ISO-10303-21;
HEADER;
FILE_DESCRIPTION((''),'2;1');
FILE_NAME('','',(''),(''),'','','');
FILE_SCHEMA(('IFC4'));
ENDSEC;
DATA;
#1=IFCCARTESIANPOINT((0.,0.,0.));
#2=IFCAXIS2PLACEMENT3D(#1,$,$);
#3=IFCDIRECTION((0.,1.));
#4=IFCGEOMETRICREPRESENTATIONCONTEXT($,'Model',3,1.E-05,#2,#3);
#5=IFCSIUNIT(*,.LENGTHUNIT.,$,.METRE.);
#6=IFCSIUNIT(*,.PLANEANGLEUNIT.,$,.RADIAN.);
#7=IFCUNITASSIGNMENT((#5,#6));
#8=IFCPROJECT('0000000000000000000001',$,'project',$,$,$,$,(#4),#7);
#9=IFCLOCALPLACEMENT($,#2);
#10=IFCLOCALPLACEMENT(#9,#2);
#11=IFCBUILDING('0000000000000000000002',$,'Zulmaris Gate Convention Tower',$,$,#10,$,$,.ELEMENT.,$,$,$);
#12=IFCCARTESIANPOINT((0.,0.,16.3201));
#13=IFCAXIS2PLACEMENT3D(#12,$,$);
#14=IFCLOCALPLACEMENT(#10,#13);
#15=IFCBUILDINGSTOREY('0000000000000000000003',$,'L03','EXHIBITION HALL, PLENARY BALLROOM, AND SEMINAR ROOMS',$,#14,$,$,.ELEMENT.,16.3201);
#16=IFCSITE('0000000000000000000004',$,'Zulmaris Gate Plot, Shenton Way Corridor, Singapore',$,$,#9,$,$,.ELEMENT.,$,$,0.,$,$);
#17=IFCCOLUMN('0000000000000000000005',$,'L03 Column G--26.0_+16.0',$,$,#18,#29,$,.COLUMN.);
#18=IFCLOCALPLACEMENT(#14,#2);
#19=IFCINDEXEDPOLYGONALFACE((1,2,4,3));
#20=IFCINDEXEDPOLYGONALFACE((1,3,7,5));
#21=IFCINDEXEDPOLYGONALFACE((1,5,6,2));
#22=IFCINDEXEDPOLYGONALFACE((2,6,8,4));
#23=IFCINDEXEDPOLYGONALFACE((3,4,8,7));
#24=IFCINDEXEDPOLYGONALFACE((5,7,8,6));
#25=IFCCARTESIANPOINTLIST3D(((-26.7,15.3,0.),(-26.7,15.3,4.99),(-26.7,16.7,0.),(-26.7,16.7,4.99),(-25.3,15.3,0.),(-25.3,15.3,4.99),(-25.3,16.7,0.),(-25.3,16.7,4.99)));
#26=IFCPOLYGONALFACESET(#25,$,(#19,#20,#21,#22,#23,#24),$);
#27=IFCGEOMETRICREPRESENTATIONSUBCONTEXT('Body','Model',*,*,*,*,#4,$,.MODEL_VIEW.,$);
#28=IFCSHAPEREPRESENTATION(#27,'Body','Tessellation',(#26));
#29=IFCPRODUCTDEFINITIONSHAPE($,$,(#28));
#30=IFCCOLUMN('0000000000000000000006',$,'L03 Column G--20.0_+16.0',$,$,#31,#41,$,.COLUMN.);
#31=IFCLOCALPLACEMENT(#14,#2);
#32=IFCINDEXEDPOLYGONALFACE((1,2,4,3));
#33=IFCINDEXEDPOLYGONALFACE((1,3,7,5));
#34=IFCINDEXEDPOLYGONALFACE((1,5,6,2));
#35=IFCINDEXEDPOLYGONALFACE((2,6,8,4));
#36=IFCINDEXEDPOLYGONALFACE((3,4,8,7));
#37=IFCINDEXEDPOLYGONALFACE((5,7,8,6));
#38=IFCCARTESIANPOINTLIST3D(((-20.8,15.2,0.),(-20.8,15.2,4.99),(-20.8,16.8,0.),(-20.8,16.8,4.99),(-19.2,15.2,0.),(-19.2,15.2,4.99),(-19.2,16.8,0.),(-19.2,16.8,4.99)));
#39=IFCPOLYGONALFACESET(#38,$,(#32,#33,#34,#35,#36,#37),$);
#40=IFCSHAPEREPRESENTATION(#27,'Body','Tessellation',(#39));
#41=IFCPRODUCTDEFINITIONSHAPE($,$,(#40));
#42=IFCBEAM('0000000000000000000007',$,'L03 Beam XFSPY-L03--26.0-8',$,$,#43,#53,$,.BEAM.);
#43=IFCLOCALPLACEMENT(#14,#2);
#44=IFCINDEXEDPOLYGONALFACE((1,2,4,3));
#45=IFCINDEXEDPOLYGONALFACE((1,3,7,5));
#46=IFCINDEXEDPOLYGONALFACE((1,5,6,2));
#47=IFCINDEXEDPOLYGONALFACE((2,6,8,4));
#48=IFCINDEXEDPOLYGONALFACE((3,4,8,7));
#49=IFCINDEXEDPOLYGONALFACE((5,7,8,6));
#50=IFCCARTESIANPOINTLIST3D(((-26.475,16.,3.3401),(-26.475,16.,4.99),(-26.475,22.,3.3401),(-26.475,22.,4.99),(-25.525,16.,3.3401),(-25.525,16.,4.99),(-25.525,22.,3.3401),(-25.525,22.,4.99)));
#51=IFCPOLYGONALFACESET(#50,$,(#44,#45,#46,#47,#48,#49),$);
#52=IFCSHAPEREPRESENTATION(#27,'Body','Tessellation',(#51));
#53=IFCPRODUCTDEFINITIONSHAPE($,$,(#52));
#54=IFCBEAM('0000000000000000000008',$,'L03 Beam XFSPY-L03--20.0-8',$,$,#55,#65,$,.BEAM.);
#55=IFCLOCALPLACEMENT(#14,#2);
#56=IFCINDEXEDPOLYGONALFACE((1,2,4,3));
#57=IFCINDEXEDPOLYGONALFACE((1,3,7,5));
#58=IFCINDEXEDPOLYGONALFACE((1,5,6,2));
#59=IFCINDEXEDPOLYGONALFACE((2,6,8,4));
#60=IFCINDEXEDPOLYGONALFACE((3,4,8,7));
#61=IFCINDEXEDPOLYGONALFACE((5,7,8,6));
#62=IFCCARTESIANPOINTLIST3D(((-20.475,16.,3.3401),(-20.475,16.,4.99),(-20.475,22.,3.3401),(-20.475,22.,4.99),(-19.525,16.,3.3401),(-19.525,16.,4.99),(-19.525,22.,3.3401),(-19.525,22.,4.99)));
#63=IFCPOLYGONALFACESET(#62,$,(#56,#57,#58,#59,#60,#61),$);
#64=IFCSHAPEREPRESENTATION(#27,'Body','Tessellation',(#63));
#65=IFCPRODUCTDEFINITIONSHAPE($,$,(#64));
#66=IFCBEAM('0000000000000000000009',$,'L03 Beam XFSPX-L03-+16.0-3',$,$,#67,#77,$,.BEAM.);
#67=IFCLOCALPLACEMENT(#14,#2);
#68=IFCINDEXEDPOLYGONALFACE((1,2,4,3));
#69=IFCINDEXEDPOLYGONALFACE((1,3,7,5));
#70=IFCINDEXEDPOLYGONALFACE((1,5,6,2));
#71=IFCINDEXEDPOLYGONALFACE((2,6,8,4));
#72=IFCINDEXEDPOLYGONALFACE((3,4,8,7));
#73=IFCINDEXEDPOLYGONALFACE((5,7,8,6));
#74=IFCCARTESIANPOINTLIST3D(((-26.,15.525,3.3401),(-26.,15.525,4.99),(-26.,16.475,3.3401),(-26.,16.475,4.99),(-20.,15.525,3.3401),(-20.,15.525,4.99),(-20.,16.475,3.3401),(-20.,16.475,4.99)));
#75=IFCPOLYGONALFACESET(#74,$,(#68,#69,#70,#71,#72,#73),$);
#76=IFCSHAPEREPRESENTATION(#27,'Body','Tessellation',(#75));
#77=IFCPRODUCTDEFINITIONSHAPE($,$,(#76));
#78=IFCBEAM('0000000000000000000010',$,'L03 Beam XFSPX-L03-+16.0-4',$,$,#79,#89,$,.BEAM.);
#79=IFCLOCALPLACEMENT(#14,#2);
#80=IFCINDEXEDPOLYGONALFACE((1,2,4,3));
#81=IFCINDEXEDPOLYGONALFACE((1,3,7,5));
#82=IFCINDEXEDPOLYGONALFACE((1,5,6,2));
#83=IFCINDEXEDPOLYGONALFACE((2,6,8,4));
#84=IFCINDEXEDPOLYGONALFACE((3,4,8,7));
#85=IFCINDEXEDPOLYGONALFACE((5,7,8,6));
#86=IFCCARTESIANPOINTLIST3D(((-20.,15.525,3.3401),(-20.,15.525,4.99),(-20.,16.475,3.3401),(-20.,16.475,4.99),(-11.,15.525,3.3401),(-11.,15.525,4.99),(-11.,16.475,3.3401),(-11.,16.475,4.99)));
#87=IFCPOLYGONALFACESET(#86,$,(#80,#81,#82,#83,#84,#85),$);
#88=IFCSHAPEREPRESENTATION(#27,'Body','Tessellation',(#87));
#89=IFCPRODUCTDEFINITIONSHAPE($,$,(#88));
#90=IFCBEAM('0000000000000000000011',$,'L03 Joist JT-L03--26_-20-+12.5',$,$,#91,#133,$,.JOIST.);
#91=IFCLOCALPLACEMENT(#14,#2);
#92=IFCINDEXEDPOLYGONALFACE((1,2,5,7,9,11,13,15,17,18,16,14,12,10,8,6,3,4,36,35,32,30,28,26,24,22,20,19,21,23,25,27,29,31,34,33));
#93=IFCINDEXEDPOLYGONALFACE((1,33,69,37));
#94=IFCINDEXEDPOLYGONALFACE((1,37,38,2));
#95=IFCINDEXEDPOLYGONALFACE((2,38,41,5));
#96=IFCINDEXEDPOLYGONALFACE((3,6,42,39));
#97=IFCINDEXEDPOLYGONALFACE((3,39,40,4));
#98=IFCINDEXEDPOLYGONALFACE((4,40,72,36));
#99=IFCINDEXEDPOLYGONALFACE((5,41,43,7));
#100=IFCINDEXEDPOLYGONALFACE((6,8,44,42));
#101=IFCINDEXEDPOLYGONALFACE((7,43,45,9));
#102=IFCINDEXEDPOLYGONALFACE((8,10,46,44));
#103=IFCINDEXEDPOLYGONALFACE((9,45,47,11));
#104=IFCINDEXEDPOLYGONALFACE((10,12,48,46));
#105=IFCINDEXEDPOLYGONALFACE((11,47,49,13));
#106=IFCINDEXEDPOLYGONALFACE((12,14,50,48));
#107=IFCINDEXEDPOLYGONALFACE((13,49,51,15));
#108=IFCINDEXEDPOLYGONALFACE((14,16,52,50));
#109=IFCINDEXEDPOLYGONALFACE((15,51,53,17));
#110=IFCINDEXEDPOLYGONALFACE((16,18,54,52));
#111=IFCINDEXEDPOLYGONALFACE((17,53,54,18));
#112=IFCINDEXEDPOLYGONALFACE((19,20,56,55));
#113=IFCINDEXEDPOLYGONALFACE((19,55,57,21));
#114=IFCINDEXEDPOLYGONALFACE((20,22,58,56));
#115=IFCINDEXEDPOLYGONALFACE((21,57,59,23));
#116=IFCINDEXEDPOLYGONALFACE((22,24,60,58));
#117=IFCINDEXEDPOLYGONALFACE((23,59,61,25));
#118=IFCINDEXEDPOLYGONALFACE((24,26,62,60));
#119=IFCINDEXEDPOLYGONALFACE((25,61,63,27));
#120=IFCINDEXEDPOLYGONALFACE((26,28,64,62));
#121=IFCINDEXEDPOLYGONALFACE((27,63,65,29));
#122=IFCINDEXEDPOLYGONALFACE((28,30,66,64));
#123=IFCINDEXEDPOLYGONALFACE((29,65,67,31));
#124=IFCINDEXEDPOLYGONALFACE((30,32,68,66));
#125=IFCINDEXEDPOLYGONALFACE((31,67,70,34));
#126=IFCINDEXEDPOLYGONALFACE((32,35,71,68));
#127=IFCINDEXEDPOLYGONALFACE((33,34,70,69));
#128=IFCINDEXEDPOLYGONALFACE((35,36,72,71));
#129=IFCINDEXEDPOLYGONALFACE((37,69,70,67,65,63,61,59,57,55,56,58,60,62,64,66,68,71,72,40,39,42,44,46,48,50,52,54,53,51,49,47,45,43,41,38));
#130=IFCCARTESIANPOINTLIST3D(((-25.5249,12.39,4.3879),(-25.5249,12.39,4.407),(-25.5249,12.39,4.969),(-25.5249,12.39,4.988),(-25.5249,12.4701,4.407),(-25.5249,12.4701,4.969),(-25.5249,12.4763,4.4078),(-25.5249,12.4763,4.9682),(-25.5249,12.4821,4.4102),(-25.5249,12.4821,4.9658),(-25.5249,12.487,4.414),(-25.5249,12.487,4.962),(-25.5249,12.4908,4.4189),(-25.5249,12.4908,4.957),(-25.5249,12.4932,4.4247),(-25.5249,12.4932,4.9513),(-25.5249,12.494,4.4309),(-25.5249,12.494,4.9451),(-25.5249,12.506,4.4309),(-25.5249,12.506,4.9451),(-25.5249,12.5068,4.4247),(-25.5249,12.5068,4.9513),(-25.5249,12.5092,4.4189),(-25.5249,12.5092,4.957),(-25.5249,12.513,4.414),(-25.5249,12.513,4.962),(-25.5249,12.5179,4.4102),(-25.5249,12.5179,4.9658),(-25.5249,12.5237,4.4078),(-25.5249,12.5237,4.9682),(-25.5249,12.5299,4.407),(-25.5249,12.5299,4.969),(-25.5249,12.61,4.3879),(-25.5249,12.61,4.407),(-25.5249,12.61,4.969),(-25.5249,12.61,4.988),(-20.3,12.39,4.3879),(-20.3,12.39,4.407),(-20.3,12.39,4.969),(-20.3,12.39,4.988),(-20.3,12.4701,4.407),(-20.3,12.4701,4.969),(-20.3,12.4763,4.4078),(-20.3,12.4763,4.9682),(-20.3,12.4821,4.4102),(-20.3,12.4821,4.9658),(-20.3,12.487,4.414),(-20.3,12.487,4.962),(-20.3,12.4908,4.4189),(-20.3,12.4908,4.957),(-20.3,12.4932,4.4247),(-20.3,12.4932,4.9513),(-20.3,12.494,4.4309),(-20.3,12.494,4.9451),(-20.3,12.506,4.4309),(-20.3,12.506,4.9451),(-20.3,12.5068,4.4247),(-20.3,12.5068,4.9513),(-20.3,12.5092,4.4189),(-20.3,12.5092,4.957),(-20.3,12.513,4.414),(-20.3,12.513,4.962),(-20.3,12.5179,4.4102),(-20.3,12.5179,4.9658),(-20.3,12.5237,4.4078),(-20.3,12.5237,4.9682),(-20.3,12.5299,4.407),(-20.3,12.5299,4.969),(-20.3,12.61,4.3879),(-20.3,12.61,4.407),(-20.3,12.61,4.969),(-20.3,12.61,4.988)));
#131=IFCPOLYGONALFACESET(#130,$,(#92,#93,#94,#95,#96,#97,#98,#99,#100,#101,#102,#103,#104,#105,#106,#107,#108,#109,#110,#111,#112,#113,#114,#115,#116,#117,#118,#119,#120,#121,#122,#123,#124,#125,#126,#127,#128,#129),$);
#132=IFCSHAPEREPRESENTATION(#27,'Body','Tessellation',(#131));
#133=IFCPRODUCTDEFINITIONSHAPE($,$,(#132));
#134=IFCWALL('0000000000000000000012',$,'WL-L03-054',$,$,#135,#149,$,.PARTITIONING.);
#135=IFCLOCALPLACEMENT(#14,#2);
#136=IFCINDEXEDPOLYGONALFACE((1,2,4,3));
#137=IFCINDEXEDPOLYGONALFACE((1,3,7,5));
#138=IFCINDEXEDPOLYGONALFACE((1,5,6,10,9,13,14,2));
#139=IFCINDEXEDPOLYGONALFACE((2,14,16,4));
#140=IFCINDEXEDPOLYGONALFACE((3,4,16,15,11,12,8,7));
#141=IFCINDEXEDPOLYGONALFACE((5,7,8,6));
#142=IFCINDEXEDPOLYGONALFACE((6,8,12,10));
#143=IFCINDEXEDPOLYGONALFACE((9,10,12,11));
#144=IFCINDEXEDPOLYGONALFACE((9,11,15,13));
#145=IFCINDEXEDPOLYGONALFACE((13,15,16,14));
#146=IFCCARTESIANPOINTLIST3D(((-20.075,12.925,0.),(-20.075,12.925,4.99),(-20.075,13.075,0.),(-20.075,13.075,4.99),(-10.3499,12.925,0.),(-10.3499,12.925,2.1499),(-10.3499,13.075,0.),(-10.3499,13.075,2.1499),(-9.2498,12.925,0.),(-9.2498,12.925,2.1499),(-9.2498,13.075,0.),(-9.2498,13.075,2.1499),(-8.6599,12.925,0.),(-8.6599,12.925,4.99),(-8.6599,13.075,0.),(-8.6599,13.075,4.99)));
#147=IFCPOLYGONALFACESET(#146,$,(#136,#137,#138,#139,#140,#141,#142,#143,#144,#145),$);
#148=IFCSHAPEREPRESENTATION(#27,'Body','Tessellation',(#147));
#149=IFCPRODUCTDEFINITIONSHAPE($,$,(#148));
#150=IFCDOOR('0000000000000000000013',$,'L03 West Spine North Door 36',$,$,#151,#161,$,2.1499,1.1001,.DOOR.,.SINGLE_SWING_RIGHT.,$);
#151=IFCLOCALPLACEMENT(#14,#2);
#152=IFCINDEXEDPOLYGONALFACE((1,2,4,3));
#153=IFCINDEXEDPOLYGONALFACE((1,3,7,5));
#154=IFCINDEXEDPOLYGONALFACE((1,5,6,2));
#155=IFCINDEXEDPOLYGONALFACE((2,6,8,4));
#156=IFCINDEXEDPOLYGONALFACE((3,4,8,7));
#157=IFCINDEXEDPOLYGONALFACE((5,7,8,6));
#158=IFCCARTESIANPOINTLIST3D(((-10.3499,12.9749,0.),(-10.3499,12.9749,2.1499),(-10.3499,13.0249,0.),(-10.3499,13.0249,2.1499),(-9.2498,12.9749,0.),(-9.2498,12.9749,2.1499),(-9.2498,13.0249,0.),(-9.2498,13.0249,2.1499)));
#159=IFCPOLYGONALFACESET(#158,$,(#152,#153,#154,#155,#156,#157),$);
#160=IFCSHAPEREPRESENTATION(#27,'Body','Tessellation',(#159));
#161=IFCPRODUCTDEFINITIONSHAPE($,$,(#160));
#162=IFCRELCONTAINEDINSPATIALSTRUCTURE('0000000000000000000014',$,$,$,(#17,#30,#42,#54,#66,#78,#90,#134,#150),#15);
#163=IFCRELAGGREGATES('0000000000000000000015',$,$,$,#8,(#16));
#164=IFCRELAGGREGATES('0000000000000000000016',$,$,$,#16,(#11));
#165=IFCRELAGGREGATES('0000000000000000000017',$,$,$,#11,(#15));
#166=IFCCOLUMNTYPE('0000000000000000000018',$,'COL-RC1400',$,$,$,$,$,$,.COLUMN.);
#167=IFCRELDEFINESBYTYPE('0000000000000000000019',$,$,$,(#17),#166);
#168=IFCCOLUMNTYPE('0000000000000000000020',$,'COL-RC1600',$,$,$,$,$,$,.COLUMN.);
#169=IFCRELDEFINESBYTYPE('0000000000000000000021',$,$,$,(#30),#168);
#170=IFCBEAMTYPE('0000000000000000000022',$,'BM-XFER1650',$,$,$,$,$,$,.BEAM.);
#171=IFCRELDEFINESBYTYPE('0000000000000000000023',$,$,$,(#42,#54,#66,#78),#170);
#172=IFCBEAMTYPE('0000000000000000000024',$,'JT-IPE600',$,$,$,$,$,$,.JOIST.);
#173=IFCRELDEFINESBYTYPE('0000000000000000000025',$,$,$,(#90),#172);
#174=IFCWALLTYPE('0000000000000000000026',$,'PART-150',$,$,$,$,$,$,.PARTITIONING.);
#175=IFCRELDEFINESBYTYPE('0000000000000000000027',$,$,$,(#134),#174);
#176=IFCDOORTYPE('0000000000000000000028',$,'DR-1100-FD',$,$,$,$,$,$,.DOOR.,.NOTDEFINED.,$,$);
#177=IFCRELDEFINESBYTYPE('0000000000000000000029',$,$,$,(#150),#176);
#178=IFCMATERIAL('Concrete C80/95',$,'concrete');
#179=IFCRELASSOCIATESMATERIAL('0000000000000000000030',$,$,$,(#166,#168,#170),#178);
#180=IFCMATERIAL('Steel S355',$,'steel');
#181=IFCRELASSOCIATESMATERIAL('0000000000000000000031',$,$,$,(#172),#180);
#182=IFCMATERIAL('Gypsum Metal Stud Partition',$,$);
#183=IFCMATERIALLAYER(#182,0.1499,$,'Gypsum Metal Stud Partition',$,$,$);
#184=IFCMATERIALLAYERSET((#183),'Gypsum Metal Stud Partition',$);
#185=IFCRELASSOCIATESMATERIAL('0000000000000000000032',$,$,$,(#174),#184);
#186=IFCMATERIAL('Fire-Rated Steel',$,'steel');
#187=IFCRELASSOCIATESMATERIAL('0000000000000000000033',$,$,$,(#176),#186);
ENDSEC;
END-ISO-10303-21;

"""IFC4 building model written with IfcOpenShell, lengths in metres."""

from ifc_helpers import new_model, si_unit, direction, frame, frame_2d, origin, origin_2d, place, context, subcontext, project, spatial, rectangle, i_section, extrude, material, layer, layer_set, material_profile, profile_set, type_object, element, fill, save


model = new_model("IFC4")

# Units and contexts
model_context = context("Model", 3, precision=1e-05, world=origin(), true_north=direction((0.0, 1.0)))
body_context = subcontext(model_context, "Body", "Model", "MODEL_VIEW")
ifc_project = project(units=[si_unit("LENGTHUNIT", "METRE"), si_unit("PLANEANGLEUNIT", "RADIAN")], contexts=[model_context])

# Site, building, storey
site_placement = place(None, origin())
site = spatial("IfcSite", under=ifc_project, at=site_placement, Name="Zulmaris Gate Plot, Shenton Way Corridor, Singapore", CompositionType="ELEMENT", RefElevation=0.0)
building_placement = place(site_placement, origin())
building = spatial("IfcBuilding", under=site, at=building_placement, Name="Zulmaris Gate Convention Tower", CompositionType="ELEMENT")
storey_placement = place(building_placement, frame((0.0, 0.0, 16.3201)))
storey = spatial("IfcBuildingStorey", under=building, at=storey_placement, Name="L03", Description="EXHIBITION HALL, PLENARY BALLROOM, AND SEMINAR ROOMS", CompositionType="ELEMENT", Elevation=16.3201)

# Columns
ifc_material_1 = material(Name="Concrete C80/95", Category="concrete")
ifc_material_profile_1 = material_profile(ifc_material_1, rectangle(XDim=1.3999, YDim=1.3999, at=origin_2d()), Name="RC COL 1400x1400")
ifc_profile_set_1 = profile_set([ifc_material_profile_1], Name="Concrete C80/95")
column_type_1 = type_object("IfcColumnType", Name="COL-RC1400", PredefinedType="COLUMN", material=ifc_profile_set_1)
column_1_placement = place(storey_placement, frame((-26.0, 16.0, 0.0), z_axis=(0.0, 0.0, 1.0), x_axis=(1.0, 0.0, 0.0)))
element("IfcColumn", 1, at=column_1_placement, inside=storey, type_object=column_type_1, Name="L03 Column G--26.0_+16.0", PredefinedType="COLUMN", context=body_context, shape_type="SweptSolid", body=[
    extrude(rectangle(XDim=1.3999, YDim=1.3999, at=origin_2d()), origin(), (0.0, 0.0, 1.0), 4.99),
])
ifc_material_profile_2 = material_profile(ifc_material_1, rectangle(XDim=1.6001, YDim=1.6001, at=origin_2d()), Name="RC COL 1600x1600")
ifc_profile_set_2 = profile_set([ifc_material_profile_2], Name="Concrete C80/95")
column_type_2 = type_object("IfcColumnType", Name="COL-RC1600", PredefinedType="COLUMN", material=ifc_profile_set_2)
column_2_placement = place(storey_placement, frame((-20.0, 16.0, 0.0), z_axis=(0.0, 0.0, 1.0), x_axis=(1.0, 0.0, 0.0)))
element("IfcColumn", 2, at=column_2_placement, inside=storey, type_object=column_type_2, Name="L03 Column G--20.0_+16.0", PredefinedType="COLUMN", context=body_context, shape_type="SweptSolid", body=[
    extrude(rectangle(XDim=1.6001, YDim=1.6001, at=origin_2d()), origin(), (0.0, 0.0, 1.0), 4.99),
])

# Beams
ifc_material_profile_3 = material_profile(ifc_material_1, rectangle(XDim=0.95, YDim=1.6499, at=origin_2d()), Name="RC TRANSFER 950x1650")
ifc_profile_set_3 = profile_set([ifc_material_profile_3], Name="Concrete C80/95")
beam_type_1 = type_object("IfcBeamType", Name="BM-XFER1650", PredefinedType="BEAM", material=ifc_profile_set_3)
for number, where, z_axis, x_axis, name in (
    (3, (-26.0, 16.0, 4.165), (0.0, 1.0, 0.0), (-1.0, 0.0, 0.0), "L03 Beam XFSPY-L03--26.0-8"),
    (4, (-20.0, 16.0, 4.165), (0.0, 1.0, 0.0), (-1.0, 0.0, 0.0), "L03 Beam XFSPY-L03--20.0-8"),
    (5, (-26.0, 16.0, 4.165), (1.0, 0.0, 0.0), (0.0, 1.0, 0.0), "L03 Beam XFSPX-L03-+16.0-3"),
):
    element("IfcBeam", number, at=place(storey_placement, frame(where, z_axis=z_axis, x_axis=x_axis)), inside=storey, type_object=beam_type_1, Name=name, PredefinedType="BEAM", context=body_context, shape_type="SweptSolid", body=[
        extrude(rectangle(XDim=0.95, YDim=1.6499, at=origin_2d()), origin(), (0.0, 0.0, 1.0), 6.0),
    ])
beam_1_placement = place(storey_placement, frame((-20.0, 16.0, 4.165), z_axis=(1.0, 0.0, 0.0), x_axis=(0.0, 1.0, 0.0)))
element("IfcBeam", 6, at=beam_1_placement, inside=storey, type_object=beam_type_1, Name="L03 Beam XFSPX-L03-+16.0-4", PredefinedType="BEAM", context=body_context, shape_type="SweptSolid", body=[
    extrude(rectangle(XDim=0.95, YDim=1.6499, at=origin_2d()), origin(), (0.0, 0.0, 1.0), 9.0),
])
ifc_material_2 = material(Name="Steel S355", Category="steel")
ifc_material_profile_4 = material_profile(ifc_material_2, i_section(OverallWidth=0.22, OverallDepth=0.6001, WebThickness=0.012, FlangeThickness=0.019, FilletRadius=0.0239, at=origin_2d()), Name="IPE 600")
ifc_profile_set_4 = profile_set([ifc_material_profile_4], Name="Steel S355")
beam_type_2 = type_object("IfcBeamType", Name="JT-IPE600", PredefinedType="JOIST", material=ifc_profile_set_4)
beam_2_placement = place(storey_placement, frame((-25.5249, 12.5, 4.688), z_axis=(1.0, 0.0, 0.0), x_axis=(0.0, 1.0, 0.0)))
element("IfcBeam", 7, at=beam_2_placement, inside=storey, type_object=beam_type_2, Name="L03 Joist JT-L03--26_-20-+12.5", PredefinedType="JOIST", context=body_context, shape_type="SweptSolid", body=[
    extrude(i_section(OverallWidth=0.22, OverallDepth=0.6001, WebThickness=0.012, FlangeThickness=0.019, FilletRadius=0.0239, at=origin_2d()), origin(), (0.0, 0.0, 1.0), 5.2249),
])

# Wall, opening, door
ifc_material_3 = material(Name="Gypsum Metal Stud Partition")
ifc_layer = layer(ifc_material_3, 0.1499, Name="Gypsum Metal Stud Partition")
ifc_layer_set = layer_set([ifc_layer], Name="Gypsum Metal Stud Partition")
wall_type = type_object("IfcWallType", Name="PART-150", PredefinedType="PARTITIONING", material=ifc_layer_set)
wall_1_placement = place(storey_placement, frame((-20.075, 13.0, 0.0), z_axis=(0.0, 0.0, 1.0), x_axis=(1.0, 0.0, 0.0)))
wall_1 = element("IfcWall", 8, at=wall_1_placement, inside=storey, type_object=wall_type, Name="WL-L03-054", PredefinedType="PARTITIONING", context=body_context, shape_type="SweptSolid", body=[
    extrude(rectangle(XDim=11.415, YDim=0.1499, at=frame_2d((5.7075, 0.0))), origin(), (0.0, 0.0, 1.0), 4.99),
])
opening_1_placement = place(wall_1_placement, frame((9.7251, 0.0, 0.0)))
opening_1 = element("IfcOpeningElement", 9, at=opening_1_placement, cuts=wall_1, PredefinedType="OPENING", context=body_context, shape_type="SweptSolid", body=[
    extrude(rectangle(XDim=1.1001, YDim=2.1499, at=frame_2d((0.55, 1.075))), frame((0.0, 0.085, 0.0), z_axis=(0.0, -1.0, 0.0), x_axis=(1.0, 0.0, 0.0)), (0.0, 0.0, 1.0), 0.1699),
])
ifc_material_4 = material(Name="Fire-Rated Steel", Category="steel")
door_type_1 = type_object("IfcDoorType", Name="DR-1100-FD", OperationType="NOTDEFINED", PredefinedType="DOOR", material=ifc_material_4)
door_1_placement = place(opening_1_placement, origin())
door_1 = element("IfcDoor", 10, at=door_1_placement, inside=storey, type_object=door_type_1, Name="L03 West Spine North Door 36", OperationType="SINGLE_SWING_RIGHT", OverallHeight=2.1499, OverallWidth=1.1001, PredefinedType="DOOR", context=body_context, shape_type="SweptSolid", body=[
    extrude(rectangle(XDim=1.1001, YDim=2.1499, at=frame_2d((0.55, 1.075))), frame((0.0, 0.0249, 0.0), z_axis=(0.0, -1.0, 0.0), x_axis=(1.0, 0.0, 0.0)), (0.0, 0.0, 1.0), 0.05),
])
fill(opening_1, door_1)

save(model, "model.ifc")
